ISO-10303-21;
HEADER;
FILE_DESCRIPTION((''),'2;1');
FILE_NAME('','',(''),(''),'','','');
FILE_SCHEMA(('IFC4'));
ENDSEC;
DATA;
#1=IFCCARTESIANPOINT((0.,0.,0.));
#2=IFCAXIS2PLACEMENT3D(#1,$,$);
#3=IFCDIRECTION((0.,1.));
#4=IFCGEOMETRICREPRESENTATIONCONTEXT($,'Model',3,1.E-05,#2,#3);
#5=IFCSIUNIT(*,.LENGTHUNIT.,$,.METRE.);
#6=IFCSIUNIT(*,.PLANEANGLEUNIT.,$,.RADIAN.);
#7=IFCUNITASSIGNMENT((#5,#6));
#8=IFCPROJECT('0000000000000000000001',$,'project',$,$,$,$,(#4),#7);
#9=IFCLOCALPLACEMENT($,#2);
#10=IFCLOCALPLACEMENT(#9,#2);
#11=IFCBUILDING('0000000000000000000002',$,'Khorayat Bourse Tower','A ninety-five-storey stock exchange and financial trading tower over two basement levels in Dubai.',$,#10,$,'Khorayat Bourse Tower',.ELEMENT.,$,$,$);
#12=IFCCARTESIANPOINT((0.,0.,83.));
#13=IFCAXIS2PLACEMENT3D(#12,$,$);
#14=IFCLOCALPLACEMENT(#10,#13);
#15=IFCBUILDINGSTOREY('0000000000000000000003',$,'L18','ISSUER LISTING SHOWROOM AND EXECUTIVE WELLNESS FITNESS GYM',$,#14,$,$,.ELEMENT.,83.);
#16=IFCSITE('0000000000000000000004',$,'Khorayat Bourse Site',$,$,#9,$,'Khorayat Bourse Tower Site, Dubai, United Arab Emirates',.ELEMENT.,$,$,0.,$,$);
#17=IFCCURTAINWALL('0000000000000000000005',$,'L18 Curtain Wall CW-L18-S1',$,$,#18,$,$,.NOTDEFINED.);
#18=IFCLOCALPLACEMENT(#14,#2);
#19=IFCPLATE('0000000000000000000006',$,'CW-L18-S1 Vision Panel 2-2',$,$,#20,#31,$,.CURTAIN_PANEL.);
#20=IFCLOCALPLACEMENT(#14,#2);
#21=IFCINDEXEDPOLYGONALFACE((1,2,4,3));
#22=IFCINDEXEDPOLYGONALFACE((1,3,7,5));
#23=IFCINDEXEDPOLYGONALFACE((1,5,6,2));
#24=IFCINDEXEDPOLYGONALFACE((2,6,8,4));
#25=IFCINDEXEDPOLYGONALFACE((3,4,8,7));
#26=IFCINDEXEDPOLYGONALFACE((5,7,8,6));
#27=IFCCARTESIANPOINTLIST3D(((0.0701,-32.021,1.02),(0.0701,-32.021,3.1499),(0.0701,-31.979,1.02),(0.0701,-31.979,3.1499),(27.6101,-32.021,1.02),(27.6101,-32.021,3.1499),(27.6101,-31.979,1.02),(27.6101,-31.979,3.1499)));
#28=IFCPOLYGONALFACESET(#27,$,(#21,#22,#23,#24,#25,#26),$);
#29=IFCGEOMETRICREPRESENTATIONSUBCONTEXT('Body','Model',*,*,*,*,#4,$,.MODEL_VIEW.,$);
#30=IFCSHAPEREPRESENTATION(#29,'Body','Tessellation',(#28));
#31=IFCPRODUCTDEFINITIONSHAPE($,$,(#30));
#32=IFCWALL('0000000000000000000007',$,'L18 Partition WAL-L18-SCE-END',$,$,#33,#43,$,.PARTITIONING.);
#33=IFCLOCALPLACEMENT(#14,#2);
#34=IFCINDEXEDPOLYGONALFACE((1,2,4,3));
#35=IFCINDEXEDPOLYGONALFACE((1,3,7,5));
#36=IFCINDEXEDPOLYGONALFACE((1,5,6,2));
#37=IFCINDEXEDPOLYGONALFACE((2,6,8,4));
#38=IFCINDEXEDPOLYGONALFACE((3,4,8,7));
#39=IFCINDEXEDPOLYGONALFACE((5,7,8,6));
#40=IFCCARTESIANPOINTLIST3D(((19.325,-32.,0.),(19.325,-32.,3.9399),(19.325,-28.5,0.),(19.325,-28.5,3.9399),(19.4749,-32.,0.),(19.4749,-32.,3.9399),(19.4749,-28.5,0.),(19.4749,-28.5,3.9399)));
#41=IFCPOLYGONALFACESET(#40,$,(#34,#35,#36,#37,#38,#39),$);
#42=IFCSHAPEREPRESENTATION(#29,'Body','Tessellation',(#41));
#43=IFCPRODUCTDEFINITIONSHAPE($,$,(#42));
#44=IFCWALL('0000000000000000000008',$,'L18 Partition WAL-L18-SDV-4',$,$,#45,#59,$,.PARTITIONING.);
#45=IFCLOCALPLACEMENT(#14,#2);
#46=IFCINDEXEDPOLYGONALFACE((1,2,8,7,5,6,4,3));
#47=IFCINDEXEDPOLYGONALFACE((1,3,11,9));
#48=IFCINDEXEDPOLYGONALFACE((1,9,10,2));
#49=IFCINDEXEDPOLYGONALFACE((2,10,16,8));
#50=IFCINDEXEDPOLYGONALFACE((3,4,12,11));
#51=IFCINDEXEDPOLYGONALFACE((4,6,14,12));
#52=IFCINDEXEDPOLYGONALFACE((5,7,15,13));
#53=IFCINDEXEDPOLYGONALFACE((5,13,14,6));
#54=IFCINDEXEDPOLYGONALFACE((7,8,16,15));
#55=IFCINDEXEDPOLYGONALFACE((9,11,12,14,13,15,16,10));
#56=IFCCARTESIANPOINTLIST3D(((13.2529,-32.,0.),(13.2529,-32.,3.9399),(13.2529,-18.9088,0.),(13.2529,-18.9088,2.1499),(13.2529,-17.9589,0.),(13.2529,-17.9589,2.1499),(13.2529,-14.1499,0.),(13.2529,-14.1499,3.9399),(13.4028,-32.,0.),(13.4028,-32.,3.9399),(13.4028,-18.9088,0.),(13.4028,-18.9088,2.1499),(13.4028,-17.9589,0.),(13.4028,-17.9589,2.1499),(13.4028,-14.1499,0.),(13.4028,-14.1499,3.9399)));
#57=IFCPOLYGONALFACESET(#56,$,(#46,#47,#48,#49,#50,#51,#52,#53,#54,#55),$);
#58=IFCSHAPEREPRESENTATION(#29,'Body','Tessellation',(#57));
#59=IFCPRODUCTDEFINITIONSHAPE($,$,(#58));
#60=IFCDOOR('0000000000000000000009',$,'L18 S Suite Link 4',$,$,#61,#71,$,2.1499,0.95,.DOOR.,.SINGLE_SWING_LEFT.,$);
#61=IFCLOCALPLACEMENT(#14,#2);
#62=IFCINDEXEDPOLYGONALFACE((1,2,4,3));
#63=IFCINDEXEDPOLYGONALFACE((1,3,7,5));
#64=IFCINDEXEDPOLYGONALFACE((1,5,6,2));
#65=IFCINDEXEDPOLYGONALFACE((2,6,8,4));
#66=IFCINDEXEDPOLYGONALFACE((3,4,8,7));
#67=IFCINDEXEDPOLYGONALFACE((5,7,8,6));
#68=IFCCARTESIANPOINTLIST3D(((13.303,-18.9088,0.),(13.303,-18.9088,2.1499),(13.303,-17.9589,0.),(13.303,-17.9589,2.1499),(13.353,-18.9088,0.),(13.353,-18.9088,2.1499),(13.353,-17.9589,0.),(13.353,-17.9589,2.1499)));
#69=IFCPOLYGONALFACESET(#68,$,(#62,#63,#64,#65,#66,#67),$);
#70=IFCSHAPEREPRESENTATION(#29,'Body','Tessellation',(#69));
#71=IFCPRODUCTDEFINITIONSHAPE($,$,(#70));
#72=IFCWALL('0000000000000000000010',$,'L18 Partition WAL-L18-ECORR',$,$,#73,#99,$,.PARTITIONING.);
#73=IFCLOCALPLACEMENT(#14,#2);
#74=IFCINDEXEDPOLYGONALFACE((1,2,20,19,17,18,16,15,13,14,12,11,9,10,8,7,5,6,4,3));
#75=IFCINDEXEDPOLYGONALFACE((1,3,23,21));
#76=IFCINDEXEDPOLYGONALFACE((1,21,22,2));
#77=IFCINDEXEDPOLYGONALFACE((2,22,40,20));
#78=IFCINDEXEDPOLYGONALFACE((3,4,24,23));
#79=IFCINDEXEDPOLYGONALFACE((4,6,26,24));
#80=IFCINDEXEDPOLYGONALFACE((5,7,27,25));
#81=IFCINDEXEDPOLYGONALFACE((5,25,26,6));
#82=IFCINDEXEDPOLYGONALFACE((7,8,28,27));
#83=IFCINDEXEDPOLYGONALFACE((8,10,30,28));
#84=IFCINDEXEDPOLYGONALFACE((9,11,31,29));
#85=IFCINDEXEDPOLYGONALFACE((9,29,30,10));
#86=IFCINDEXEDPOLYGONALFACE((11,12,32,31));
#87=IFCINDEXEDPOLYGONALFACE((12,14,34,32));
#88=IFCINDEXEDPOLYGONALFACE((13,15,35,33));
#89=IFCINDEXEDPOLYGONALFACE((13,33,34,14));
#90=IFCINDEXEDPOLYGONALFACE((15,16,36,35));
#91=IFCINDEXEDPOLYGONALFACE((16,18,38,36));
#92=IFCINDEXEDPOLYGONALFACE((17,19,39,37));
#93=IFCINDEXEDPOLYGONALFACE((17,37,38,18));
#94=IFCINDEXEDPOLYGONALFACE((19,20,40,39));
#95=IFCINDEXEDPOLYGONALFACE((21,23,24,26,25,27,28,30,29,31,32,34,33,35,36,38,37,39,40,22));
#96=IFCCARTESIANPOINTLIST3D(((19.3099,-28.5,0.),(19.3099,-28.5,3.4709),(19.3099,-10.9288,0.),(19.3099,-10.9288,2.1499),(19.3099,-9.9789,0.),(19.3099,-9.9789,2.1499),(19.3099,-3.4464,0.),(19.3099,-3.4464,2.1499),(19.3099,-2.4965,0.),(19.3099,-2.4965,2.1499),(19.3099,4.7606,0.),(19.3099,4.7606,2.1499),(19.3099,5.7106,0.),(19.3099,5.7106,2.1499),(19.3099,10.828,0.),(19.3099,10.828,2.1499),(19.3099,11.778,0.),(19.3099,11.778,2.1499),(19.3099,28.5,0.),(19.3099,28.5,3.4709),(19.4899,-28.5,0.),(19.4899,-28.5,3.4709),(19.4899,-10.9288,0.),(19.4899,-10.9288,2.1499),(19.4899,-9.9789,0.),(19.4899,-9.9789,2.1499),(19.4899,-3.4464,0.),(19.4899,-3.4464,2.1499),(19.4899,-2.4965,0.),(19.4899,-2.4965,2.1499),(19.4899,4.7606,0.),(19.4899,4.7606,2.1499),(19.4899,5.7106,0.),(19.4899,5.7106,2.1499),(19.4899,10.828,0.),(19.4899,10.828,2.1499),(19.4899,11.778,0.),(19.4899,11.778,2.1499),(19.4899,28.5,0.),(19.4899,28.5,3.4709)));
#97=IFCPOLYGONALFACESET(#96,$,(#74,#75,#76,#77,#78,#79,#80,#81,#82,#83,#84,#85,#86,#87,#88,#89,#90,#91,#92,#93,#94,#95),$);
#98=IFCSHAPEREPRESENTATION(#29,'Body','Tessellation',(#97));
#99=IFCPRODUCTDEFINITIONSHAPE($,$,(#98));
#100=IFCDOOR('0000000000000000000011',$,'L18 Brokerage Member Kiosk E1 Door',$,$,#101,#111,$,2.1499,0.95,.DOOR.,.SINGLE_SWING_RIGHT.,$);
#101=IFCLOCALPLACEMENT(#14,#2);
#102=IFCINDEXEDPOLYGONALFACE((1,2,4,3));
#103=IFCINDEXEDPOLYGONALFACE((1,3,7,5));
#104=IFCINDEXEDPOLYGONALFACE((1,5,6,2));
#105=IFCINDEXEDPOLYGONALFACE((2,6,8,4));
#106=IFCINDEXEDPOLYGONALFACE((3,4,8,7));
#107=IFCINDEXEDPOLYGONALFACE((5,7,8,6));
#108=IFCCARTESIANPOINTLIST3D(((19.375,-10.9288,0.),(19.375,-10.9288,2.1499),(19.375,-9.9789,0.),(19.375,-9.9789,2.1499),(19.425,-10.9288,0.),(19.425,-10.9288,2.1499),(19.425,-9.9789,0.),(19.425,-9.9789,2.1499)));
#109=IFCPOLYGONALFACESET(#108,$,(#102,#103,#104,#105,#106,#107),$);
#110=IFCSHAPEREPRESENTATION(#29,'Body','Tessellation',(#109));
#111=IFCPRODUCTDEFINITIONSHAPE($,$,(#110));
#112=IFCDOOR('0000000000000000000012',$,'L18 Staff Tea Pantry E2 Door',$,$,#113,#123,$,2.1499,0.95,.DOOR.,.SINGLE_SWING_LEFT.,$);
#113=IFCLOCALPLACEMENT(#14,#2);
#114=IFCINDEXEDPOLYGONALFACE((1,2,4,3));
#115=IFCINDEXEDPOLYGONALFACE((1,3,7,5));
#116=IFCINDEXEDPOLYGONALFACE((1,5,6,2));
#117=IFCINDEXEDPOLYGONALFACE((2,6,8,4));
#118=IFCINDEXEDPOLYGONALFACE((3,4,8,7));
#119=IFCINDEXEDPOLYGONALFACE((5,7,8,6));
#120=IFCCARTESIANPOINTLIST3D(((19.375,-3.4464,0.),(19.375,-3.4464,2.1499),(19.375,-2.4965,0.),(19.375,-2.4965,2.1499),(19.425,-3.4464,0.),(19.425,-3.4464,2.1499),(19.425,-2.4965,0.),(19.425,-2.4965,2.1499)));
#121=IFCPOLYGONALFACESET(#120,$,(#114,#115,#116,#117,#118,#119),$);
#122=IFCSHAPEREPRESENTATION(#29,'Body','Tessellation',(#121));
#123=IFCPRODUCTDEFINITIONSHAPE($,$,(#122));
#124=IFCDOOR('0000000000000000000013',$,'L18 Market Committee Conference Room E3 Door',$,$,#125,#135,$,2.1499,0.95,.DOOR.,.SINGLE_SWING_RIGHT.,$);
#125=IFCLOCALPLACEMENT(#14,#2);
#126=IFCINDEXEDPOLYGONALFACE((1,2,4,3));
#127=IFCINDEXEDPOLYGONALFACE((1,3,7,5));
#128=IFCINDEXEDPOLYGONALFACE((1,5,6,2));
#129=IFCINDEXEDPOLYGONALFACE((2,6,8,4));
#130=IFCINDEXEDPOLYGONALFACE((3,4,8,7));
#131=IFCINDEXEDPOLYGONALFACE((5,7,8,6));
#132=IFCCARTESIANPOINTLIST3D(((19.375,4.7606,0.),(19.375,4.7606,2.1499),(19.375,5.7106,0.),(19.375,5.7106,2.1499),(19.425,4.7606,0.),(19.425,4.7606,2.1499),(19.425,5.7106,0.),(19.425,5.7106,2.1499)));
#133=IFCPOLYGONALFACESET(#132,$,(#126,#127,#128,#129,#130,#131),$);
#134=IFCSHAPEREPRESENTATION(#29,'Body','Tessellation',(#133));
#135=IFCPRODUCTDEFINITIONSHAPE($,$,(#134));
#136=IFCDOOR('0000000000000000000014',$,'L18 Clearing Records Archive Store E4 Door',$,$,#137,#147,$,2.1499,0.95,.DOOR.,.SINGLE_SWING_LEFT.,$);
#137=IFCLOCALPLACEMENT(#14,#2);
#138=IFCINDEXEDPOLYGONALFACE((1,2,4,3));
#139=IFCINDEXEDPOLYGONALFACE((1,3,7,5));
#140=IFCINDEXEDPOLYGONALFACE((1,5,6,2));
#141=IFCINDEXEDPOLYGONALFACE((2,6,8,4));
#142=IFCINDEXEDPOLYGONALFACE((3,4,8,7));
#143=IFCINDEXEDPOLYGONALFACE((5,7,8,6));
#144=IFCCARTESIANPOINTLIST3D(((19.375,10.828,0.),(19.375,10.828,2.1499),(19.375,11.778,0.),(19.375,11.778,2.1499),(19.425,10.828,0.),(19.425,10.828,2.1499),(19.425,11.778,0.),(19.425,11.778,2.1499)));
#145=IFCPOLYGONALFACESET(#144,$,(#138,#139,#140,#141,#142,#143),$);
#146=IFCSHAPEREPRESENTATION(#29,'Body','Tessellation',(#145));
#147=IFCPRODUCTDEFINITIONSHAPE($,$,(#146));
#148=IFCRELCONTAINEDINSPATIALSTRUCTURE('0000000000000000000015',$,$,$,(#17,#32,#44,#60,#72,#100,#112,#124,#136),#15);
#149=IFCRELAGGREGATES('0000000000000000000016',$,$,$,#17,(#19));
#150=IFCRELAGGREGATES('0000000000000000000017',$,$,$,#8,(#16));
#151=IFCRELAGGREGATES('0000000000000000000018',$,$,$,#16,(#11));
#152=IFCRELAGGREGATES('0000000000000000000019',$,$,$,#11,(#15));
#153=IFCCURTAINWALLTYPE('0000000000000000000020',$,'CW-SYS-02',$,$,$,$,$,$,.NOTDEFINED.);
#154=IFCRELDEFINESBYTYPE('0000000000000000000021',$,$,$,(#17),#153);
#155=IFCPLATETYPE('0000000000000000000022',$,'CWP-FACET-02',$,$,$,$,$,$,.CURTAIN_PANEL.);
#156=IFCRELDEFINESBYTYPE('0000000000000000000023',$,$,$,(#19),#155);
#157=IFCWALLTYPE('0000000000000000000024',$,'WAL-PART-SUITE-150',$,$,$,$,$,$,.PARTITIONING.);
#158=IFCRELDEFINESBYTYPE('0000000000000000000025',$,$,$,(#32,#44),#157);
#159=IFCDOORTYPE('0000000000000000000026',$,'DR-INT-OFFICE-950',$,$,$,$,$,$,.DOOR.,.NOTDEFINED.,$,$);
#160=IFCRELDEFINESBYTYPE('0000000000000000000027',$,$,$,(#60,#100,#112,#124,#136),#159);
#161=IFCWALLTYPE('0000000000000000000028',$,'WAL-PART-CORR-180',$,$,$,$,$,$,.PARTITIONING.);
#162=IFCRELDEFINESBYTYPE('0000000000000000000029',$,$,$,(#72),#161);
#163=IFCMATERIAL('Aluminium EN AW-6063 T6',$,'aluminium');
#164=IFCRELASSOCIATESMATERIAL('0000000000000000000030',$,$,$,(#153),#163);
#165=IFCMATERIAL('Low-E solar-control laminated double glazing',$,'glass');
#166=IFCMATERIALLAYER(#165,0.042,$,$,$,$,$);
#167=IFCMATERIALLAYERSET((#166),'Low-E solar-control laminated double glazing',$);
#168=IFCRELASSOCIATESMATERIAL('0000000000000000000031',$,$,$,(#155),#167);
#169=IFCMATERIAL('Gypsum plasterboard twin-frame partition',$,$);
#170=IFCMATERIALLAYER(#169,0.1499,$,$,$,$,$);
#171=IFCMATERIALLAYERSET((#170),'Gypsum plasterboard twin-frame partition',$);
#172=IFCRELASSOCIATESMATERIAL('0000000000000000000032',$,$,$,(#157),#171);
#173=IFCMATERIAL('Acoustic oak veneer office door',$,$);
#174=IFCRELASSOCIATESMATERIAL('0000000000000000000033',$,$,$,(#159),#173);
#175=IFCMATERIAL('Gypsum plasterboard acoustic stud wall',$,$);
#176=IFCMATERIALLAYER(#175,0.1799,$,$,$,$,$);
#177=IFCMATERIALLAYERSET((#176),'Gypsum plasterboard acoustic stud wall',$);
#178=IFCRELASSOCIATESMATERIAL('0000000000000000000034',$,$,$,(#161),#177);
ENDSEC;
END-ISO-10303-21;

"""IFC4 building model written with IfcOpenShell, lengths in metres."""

from ifc_helpers import new_model, si_unit, direction, frame, frame_2d, origin, origin_2d, place, context, subcontext, project, spatial, rectangle, extrude, source, transform, mapped, material, layer, layer_set, type_object, element, fill, aggregate, save


model = new_model("IFC4")

# Units and contexts
model_context = context("Model", 3, precision=1e-05, world=origin(), true_north=direction((0.0, 1.0)))
body_context = subcontext(model_context, "Body", "Model", "MODEL_VIEW")
ifc_project = project(units=[si_unit("LENGTHUNIT", "METRE"), si_unit("PLANEANGLEUNIT", "RADIAN")], contexts=[model_context])

# Site, building, storey
site_placement = place(None, origin())
site = spatial("IfcSite", under=ifc_project, at=site_placement, Name="Khorayat Bourse Site", LongName="Khorayat Bourse Tower Site, Dubai, United Arab Emirates", CompositionType="ELEMENT", RefElevation=0.0)
building_placement = place(site_placement, origin())
building = spatial("IfcBuilding", under=site, at=building_placement, Name="Khorayat Bourse Tower", Description="A ninety-five-storey stock exchange and financial trading tower over two basement levels in Dubai.", LongName="Khorayat Bourse Tower", CompositionType="ELEMENT")
storey_placement = place(building_placement, frame((0.0, 0.0, 83.0)))
storey = spatial("IfcBuildingStorey", under=building, at=storey_placement, Name="L18", Description="ISSUER LISTING SHOWROOM AND EXECUTIVE WELLNESS FITNESS GYM", CompositionType="ELEMENT", Elevation=83.0)

# Curtain wall, plate
ifc_material_1 = material(Name="Aluminium EN AW-6063 T6", Category="aluminium")
curtain_wall_type = type_object("IfcCurtainWallType", Name="CW-SYS-02", PredefinedType="NOTDEFINED", material=ifc_material_1)
curtain_wall_placement = place(storey_placement, origin())
curtain_wall = element("IfcCurtainWall", 1, at=curtain_wall_placement, inside=storey, type_object=curtain_wall_type, Name="L18 Curtain Wall CW-L18-S1", PredefinedType="NOTDEFINED")
ifc_material_2 = material(Name="Low-E solar-control laminated double glazing", Category="glass")
ifc_layer_1 = layer(ifc_material_2, 0.042)
ifc_layer_set_1 = layer_set([ifc_layer_1], Name="Low-E solar-control laminated double glazing")
plate_type_1 = type_object("IfcPlateType", Name="CWP-FACET-02", PredefinedType="CURTAIN_PANEL", material=ifc_layer_set_1)
shared_shape_1 = source(origin(), body_context, "Body", "SweptSolid", [
    extrude(rectangle(XDim=27.54, YDim=0.042, at=origin_2d()), origin(), (0.0, 0.0, 1.0), 2.1299),
])
plate_1_placement = place(storey_placement, frame((13.8401, -32.0, 1.02), z_axis=(0.0, 0.0, 1.0), x_axis=(1.0, 0.0, 0.0)))
plate_1 = element("IfcPlate", 2, at=plate_1_placement, type_object=plate_type_1, Name="CW-L18-S1 Vision Panel 2-2", PredefinedType="CURTAIN_PANEL", context=body_context, shape_type="MappedRepresentation", body=[
    mapped(shared_shape_1, transform((0.0, 0.0, 0.0), scale=1.0)),
])
aggregate(curtain_wall, [plate_1])

# Wall
ifc_material_3 = material(Name="Gypsum plasterboard twin-frame partition")
ifc_layer_2 = layer(ifc_material_3, 0.1499)
ifc_layer_set_2 = layer_set([ifc_layer_2], Name="Gypsum plasterboard twin-frame partition")
wall_type_1 = type_object("IfcWallType", Name="WAL-PART-SUITE-150", PredefinedType="PARTITIONING", material=ifc_layer_set_2)
shared_shape_2 = source(origin(), body_context, "Body", "SweptSolid", [
    extrude(rectangle(XDim=3.5, YDim=0.1499, at=frame_2d((1.75, 0.0))), origin(), (0.0, 0.0, 1.0), 3.9399),
])
wall_1_placement = place(storey_placement, frame((19.3999, -32.0, 0.0), z_axis=(0.0, 0.0, 1.0), x_axis=(0.0, 1.0, 0.0)))
element("IfcWall", 3, at=wall_1_placement, inside=storey, type_object=wall_type_1, Name="L18 Partition WAL-L18-SCE-END", PredefinedType="PARTITIONING", context=body_context, shape_type="MappedRepresentation", body=[
    mapped(shared_shape_2, transform((0.0, 0.0, 0.0), scale=1.0)),
])

# Wall, opening, door
shared_shape_3 = source(origin(), body_context, "Body", "SweptSolid", [
    extrude(rectangle(XDim=17.8501, YDim=0.1499, at=frame_2d((8.925, 0.0))), origin(), (0.0, 0.0, 1.0), 3.9399),
])
wall_2_placement = place(storey_placement, frame((13.3279, -32.0, 0.0), z_axis=(0.0, 0.0, 1.0), x_axis=(0.0, 1.0, 0.0)))
wall_2 = element("IfcWall", 4, at=wall_2_placement, inside=storey, type_object=wall_type_1, Name="L18 Partition WAL-L18-SDV-4", PredefinedType="PARTITIONING", context=body_context, shape_type="MappedRepresentation", body=[
    mapped(shared_shape_3, transform((0.0, 0.0, 0.0), scale=1.0)),
])
shared_shape_4 = source(origin(), body_context, "Body", "SweptSolid", [
    extrude(rectangle(XDim=0.95, YDim=2.1499, at=frame_2d((0.4751, 1.075))), frame((0.0, 0.085, 0.0), z_axis=(0.0, -1.0, 0.0), x_axis=(1.0, 0.0, 0.0)), (0.0, 0.0, 1.0), 0.1699),
])
opening_1_placement = place(wall_2_placement, frame((13.0911, 0.0, 0.0)))
opening_1 = element("IfcOpeningElement", 5, at=opening_1_placement, cuts=wall_2, PredefinedType="OPENING", context=body_context, shape_type="MappedRepresentation", body=[
    mapped(shared_shape_4, transform((0.0, 0.0, 0.0), scale=1.0)),
])
ifc_material_4 = material(Name="Acoustic oak veneer office door")
door_type = type_object("IfcDoorType", Name="DR-INT-OFFICE-950", OperationType="NOTDEFINED", PredefinedType="DOOR", material=ifc_material_4)
shared_shape_5 = source(origin(), body_context, "Body", "SweptSolid", [
    extrude(rectangle(XDim=0.95, YDim=2.1499, at=frame_2d((0.4751, 1.075))), frame((0.0, 0.0249, 0.0), z_axis=(0.0, -1.0, 0.0), x_axis=(1.0, 0.0, 0.0)), (0.0, 0.0, 1.0), 0.05),
])
door_1_placement = place(opening_1_placement, origin())
door_1 = element("IfcDoor", 6, at=door_1_placement, inside=storey, type_object=door_type, Name="L18 S Suite Link 4", OperationType="SINGLE_SWING_LEFT", OverallHeight=2.1499, OverallWidth=0.95, PredefinedType="DOOR", context=body_context, shape_type="MappedRepresentation", body=[
    mapped(shared_shape_5, transform((0.0, 0.0, 0.0), scale=1.0)),
])
fill(opening_1, door_1)

# Wall, openings, doors
ifc_material_5 = material(Name="Gypsum plasterboard acoustic stud wall")
ifc_layer_3 = layer(ifc_material_5, 0.1799)
ifc_layer_set_3 = layer_set([ifc_layer_3], Name="Gypsum plasterboard acoustic stud wall")
wall_type_2 = type_object("IfcWallType", Name="WAL-PART-CORR-180", PredefinedType="PARTITIONING", material=ifc_layer_set_3)
shared_shape_6 = source(origin(), body_context, "Body", "SweptSolid", [
    extrude(rectangle(XDim=57.0, YDim=0.1799, at=frame_2d((28.5, 0.0))), origin(), (0.0, 0.0, 1.0), 3.4709),
])
wall_3_placement = place(storey_placement, frame((19.3999, -28.5, 0.0), z_axis=(0.0, 0.0, 1.0), x_axis=(0.0, 1.0, 0.0)))
wall_3 = element("IfcWall", 7, at=wall_3_placement, inside=storey, type_object=wall_type_2, Name="L18 Partition WAL-L18-ECORR", PredefinedType="PARTITIONING", context=body_context, shape_type="MappedRepresentation", body=[
    mapped(shared_shape_6, transform((0.0, 0.0, 0.0), scale=1.0)),
])
shared_shape_7 = source(origin(), body_context, "Body", "SweptSolid", [
    extrude(rectangle(XDim=0.95, YDim=2.1499, at=frame_2d((0.4751, 1.075))), frame((0.0, 0.0999, 0.0), z_axis=(0.0, -1.0, 0.0), x_axis=(1.0, 0.0, 0.0)), (0.0, 0.0, 1.0), 0.2),
])
opening_2_placement = place(wall_3_placement, frame((17.571, 0.0, 0.0)))
opening_2 = element("IfcOpeningElement", 8, at=opening_2_placement, cuts=wall_3, PredefinedType="OPENING", context=body_context, shape_type="MappedRepresentation", body=[
    mapped(shared_shape_7, transform((0.0, 0.0, 0.0), scale=1.0)),
])
opening_3_placement = place(wall_3_placement, frame((25.0535, 0.0, 0.0)))
opening_3 = element("IfcOpeningElement", 9, at=opening_3_placement, cuts=wall_3, PredefinedType="OPENING", context=body_context, shape_type="MappedRepresentation", body=[
    mapped(shared_shape_7, transform((0.0, 0.0, 0.0), scale=1.0)),
])
opening_4_placement = place(wall_3_placement, frame((33.2605, 0.0, 0.0)))
opening_4 = element("IfcOpeningElement", 10, at=opening_4_placement, cuts=wall_3, PredefinedType="OPENING", context=body_context, shape_type="MappedRepresentation", body=[
    mapped(shared_shape_7, transform((0.0, 0.0, 0.0), scale=1.0)),
])
opening_5_placement = place(wall_3_placement, frame((39.3279, 0.0, 0.0)))
opening_5 = element("IfcOpeningElement", 11, at=opening_5_placement, cuts=wall_3, PredefinedType="OPENING", context=body_context, shape_type="MappedRepresentation", body=[
    mapped(shared_shape_7, transform((0.0, 0.0, 0.0), scale=1.0)),
])
door_2_placement = place(opening_2_placement, origin())
door_2 = element("IfcDoor", 12, at=door_2_placement, inside=storey, type_object=door_type, Name="L18 Brokerage Member Kiosk E1 Door", OperationType="SINGLE_SWING_RIGHT", OverallHeight=2.1499, OverallWidth=0.95, PredefinedType="DOOR", context=body_context, shape_type="MappedRepresentation", body=[
    mapped(shared_shape_5, transform((0.0, 0.0, 0.0), scale=1.0)),
])
fill(opening_2, door_2)
door_3_placement = place(opening_3_placement, origin())
door_3 = element("IfcDoor", 13, at=door_3_placement, inside=storey, type_object=door_type, Name="L18 Staff Tea Pantry E2 Door", OperationType="SINGLE_SWING_LEFT", OverallHeight=2.1499, OverallWidth=0.95, PredefinedType="DOOR", context=body_context, shape_type="MappedRepresentation", body=[
    mapped(shared_shape_5, transform((0.0, 0.0, 0.0), scale=1.0)),
])
fill(opening_3, door_3)
door_4_placement = place(opening_4_placement, origin())
door_4 = element("IfcDoor", 14, at=door_4_placement, inside=storey, type_object=door_type, Name="L18 Market Committee Conference Room E3 Door", OperationType="SINGLE_SWING_RIGHT", OverallHeight=2.1499, OverallWidth=0.95, PredefinedType="DOOR", context=body_context, shape_type="MappedRepresentation", body=[
    mapped(shared_shape_5, transform((0.0, 0.0, 0.0), scale=1.0)),
])
fill(opening_4, door_4)
door_5_placement = place(opening_5_placement, origin())
door_5 = element("IfcDoor", 15, at=door_5_placement, inside=storey, type_object=door_type, Name="L18 Clearing Records Archive Store E4 Door", OperationType="SINGLE_SWING_LEFT", OverallHeight=2.1499, OverallWidth=0.95, PredefinedType="DOOR", context=body_context, shape_type="MappedRepresentation", body=[
    mapped(shared_shape_5, transform((0.0, 0.0, 0.0), scale=1.0)),
])
fill(opening_5, door_5)

save(model, "model.ifc")
